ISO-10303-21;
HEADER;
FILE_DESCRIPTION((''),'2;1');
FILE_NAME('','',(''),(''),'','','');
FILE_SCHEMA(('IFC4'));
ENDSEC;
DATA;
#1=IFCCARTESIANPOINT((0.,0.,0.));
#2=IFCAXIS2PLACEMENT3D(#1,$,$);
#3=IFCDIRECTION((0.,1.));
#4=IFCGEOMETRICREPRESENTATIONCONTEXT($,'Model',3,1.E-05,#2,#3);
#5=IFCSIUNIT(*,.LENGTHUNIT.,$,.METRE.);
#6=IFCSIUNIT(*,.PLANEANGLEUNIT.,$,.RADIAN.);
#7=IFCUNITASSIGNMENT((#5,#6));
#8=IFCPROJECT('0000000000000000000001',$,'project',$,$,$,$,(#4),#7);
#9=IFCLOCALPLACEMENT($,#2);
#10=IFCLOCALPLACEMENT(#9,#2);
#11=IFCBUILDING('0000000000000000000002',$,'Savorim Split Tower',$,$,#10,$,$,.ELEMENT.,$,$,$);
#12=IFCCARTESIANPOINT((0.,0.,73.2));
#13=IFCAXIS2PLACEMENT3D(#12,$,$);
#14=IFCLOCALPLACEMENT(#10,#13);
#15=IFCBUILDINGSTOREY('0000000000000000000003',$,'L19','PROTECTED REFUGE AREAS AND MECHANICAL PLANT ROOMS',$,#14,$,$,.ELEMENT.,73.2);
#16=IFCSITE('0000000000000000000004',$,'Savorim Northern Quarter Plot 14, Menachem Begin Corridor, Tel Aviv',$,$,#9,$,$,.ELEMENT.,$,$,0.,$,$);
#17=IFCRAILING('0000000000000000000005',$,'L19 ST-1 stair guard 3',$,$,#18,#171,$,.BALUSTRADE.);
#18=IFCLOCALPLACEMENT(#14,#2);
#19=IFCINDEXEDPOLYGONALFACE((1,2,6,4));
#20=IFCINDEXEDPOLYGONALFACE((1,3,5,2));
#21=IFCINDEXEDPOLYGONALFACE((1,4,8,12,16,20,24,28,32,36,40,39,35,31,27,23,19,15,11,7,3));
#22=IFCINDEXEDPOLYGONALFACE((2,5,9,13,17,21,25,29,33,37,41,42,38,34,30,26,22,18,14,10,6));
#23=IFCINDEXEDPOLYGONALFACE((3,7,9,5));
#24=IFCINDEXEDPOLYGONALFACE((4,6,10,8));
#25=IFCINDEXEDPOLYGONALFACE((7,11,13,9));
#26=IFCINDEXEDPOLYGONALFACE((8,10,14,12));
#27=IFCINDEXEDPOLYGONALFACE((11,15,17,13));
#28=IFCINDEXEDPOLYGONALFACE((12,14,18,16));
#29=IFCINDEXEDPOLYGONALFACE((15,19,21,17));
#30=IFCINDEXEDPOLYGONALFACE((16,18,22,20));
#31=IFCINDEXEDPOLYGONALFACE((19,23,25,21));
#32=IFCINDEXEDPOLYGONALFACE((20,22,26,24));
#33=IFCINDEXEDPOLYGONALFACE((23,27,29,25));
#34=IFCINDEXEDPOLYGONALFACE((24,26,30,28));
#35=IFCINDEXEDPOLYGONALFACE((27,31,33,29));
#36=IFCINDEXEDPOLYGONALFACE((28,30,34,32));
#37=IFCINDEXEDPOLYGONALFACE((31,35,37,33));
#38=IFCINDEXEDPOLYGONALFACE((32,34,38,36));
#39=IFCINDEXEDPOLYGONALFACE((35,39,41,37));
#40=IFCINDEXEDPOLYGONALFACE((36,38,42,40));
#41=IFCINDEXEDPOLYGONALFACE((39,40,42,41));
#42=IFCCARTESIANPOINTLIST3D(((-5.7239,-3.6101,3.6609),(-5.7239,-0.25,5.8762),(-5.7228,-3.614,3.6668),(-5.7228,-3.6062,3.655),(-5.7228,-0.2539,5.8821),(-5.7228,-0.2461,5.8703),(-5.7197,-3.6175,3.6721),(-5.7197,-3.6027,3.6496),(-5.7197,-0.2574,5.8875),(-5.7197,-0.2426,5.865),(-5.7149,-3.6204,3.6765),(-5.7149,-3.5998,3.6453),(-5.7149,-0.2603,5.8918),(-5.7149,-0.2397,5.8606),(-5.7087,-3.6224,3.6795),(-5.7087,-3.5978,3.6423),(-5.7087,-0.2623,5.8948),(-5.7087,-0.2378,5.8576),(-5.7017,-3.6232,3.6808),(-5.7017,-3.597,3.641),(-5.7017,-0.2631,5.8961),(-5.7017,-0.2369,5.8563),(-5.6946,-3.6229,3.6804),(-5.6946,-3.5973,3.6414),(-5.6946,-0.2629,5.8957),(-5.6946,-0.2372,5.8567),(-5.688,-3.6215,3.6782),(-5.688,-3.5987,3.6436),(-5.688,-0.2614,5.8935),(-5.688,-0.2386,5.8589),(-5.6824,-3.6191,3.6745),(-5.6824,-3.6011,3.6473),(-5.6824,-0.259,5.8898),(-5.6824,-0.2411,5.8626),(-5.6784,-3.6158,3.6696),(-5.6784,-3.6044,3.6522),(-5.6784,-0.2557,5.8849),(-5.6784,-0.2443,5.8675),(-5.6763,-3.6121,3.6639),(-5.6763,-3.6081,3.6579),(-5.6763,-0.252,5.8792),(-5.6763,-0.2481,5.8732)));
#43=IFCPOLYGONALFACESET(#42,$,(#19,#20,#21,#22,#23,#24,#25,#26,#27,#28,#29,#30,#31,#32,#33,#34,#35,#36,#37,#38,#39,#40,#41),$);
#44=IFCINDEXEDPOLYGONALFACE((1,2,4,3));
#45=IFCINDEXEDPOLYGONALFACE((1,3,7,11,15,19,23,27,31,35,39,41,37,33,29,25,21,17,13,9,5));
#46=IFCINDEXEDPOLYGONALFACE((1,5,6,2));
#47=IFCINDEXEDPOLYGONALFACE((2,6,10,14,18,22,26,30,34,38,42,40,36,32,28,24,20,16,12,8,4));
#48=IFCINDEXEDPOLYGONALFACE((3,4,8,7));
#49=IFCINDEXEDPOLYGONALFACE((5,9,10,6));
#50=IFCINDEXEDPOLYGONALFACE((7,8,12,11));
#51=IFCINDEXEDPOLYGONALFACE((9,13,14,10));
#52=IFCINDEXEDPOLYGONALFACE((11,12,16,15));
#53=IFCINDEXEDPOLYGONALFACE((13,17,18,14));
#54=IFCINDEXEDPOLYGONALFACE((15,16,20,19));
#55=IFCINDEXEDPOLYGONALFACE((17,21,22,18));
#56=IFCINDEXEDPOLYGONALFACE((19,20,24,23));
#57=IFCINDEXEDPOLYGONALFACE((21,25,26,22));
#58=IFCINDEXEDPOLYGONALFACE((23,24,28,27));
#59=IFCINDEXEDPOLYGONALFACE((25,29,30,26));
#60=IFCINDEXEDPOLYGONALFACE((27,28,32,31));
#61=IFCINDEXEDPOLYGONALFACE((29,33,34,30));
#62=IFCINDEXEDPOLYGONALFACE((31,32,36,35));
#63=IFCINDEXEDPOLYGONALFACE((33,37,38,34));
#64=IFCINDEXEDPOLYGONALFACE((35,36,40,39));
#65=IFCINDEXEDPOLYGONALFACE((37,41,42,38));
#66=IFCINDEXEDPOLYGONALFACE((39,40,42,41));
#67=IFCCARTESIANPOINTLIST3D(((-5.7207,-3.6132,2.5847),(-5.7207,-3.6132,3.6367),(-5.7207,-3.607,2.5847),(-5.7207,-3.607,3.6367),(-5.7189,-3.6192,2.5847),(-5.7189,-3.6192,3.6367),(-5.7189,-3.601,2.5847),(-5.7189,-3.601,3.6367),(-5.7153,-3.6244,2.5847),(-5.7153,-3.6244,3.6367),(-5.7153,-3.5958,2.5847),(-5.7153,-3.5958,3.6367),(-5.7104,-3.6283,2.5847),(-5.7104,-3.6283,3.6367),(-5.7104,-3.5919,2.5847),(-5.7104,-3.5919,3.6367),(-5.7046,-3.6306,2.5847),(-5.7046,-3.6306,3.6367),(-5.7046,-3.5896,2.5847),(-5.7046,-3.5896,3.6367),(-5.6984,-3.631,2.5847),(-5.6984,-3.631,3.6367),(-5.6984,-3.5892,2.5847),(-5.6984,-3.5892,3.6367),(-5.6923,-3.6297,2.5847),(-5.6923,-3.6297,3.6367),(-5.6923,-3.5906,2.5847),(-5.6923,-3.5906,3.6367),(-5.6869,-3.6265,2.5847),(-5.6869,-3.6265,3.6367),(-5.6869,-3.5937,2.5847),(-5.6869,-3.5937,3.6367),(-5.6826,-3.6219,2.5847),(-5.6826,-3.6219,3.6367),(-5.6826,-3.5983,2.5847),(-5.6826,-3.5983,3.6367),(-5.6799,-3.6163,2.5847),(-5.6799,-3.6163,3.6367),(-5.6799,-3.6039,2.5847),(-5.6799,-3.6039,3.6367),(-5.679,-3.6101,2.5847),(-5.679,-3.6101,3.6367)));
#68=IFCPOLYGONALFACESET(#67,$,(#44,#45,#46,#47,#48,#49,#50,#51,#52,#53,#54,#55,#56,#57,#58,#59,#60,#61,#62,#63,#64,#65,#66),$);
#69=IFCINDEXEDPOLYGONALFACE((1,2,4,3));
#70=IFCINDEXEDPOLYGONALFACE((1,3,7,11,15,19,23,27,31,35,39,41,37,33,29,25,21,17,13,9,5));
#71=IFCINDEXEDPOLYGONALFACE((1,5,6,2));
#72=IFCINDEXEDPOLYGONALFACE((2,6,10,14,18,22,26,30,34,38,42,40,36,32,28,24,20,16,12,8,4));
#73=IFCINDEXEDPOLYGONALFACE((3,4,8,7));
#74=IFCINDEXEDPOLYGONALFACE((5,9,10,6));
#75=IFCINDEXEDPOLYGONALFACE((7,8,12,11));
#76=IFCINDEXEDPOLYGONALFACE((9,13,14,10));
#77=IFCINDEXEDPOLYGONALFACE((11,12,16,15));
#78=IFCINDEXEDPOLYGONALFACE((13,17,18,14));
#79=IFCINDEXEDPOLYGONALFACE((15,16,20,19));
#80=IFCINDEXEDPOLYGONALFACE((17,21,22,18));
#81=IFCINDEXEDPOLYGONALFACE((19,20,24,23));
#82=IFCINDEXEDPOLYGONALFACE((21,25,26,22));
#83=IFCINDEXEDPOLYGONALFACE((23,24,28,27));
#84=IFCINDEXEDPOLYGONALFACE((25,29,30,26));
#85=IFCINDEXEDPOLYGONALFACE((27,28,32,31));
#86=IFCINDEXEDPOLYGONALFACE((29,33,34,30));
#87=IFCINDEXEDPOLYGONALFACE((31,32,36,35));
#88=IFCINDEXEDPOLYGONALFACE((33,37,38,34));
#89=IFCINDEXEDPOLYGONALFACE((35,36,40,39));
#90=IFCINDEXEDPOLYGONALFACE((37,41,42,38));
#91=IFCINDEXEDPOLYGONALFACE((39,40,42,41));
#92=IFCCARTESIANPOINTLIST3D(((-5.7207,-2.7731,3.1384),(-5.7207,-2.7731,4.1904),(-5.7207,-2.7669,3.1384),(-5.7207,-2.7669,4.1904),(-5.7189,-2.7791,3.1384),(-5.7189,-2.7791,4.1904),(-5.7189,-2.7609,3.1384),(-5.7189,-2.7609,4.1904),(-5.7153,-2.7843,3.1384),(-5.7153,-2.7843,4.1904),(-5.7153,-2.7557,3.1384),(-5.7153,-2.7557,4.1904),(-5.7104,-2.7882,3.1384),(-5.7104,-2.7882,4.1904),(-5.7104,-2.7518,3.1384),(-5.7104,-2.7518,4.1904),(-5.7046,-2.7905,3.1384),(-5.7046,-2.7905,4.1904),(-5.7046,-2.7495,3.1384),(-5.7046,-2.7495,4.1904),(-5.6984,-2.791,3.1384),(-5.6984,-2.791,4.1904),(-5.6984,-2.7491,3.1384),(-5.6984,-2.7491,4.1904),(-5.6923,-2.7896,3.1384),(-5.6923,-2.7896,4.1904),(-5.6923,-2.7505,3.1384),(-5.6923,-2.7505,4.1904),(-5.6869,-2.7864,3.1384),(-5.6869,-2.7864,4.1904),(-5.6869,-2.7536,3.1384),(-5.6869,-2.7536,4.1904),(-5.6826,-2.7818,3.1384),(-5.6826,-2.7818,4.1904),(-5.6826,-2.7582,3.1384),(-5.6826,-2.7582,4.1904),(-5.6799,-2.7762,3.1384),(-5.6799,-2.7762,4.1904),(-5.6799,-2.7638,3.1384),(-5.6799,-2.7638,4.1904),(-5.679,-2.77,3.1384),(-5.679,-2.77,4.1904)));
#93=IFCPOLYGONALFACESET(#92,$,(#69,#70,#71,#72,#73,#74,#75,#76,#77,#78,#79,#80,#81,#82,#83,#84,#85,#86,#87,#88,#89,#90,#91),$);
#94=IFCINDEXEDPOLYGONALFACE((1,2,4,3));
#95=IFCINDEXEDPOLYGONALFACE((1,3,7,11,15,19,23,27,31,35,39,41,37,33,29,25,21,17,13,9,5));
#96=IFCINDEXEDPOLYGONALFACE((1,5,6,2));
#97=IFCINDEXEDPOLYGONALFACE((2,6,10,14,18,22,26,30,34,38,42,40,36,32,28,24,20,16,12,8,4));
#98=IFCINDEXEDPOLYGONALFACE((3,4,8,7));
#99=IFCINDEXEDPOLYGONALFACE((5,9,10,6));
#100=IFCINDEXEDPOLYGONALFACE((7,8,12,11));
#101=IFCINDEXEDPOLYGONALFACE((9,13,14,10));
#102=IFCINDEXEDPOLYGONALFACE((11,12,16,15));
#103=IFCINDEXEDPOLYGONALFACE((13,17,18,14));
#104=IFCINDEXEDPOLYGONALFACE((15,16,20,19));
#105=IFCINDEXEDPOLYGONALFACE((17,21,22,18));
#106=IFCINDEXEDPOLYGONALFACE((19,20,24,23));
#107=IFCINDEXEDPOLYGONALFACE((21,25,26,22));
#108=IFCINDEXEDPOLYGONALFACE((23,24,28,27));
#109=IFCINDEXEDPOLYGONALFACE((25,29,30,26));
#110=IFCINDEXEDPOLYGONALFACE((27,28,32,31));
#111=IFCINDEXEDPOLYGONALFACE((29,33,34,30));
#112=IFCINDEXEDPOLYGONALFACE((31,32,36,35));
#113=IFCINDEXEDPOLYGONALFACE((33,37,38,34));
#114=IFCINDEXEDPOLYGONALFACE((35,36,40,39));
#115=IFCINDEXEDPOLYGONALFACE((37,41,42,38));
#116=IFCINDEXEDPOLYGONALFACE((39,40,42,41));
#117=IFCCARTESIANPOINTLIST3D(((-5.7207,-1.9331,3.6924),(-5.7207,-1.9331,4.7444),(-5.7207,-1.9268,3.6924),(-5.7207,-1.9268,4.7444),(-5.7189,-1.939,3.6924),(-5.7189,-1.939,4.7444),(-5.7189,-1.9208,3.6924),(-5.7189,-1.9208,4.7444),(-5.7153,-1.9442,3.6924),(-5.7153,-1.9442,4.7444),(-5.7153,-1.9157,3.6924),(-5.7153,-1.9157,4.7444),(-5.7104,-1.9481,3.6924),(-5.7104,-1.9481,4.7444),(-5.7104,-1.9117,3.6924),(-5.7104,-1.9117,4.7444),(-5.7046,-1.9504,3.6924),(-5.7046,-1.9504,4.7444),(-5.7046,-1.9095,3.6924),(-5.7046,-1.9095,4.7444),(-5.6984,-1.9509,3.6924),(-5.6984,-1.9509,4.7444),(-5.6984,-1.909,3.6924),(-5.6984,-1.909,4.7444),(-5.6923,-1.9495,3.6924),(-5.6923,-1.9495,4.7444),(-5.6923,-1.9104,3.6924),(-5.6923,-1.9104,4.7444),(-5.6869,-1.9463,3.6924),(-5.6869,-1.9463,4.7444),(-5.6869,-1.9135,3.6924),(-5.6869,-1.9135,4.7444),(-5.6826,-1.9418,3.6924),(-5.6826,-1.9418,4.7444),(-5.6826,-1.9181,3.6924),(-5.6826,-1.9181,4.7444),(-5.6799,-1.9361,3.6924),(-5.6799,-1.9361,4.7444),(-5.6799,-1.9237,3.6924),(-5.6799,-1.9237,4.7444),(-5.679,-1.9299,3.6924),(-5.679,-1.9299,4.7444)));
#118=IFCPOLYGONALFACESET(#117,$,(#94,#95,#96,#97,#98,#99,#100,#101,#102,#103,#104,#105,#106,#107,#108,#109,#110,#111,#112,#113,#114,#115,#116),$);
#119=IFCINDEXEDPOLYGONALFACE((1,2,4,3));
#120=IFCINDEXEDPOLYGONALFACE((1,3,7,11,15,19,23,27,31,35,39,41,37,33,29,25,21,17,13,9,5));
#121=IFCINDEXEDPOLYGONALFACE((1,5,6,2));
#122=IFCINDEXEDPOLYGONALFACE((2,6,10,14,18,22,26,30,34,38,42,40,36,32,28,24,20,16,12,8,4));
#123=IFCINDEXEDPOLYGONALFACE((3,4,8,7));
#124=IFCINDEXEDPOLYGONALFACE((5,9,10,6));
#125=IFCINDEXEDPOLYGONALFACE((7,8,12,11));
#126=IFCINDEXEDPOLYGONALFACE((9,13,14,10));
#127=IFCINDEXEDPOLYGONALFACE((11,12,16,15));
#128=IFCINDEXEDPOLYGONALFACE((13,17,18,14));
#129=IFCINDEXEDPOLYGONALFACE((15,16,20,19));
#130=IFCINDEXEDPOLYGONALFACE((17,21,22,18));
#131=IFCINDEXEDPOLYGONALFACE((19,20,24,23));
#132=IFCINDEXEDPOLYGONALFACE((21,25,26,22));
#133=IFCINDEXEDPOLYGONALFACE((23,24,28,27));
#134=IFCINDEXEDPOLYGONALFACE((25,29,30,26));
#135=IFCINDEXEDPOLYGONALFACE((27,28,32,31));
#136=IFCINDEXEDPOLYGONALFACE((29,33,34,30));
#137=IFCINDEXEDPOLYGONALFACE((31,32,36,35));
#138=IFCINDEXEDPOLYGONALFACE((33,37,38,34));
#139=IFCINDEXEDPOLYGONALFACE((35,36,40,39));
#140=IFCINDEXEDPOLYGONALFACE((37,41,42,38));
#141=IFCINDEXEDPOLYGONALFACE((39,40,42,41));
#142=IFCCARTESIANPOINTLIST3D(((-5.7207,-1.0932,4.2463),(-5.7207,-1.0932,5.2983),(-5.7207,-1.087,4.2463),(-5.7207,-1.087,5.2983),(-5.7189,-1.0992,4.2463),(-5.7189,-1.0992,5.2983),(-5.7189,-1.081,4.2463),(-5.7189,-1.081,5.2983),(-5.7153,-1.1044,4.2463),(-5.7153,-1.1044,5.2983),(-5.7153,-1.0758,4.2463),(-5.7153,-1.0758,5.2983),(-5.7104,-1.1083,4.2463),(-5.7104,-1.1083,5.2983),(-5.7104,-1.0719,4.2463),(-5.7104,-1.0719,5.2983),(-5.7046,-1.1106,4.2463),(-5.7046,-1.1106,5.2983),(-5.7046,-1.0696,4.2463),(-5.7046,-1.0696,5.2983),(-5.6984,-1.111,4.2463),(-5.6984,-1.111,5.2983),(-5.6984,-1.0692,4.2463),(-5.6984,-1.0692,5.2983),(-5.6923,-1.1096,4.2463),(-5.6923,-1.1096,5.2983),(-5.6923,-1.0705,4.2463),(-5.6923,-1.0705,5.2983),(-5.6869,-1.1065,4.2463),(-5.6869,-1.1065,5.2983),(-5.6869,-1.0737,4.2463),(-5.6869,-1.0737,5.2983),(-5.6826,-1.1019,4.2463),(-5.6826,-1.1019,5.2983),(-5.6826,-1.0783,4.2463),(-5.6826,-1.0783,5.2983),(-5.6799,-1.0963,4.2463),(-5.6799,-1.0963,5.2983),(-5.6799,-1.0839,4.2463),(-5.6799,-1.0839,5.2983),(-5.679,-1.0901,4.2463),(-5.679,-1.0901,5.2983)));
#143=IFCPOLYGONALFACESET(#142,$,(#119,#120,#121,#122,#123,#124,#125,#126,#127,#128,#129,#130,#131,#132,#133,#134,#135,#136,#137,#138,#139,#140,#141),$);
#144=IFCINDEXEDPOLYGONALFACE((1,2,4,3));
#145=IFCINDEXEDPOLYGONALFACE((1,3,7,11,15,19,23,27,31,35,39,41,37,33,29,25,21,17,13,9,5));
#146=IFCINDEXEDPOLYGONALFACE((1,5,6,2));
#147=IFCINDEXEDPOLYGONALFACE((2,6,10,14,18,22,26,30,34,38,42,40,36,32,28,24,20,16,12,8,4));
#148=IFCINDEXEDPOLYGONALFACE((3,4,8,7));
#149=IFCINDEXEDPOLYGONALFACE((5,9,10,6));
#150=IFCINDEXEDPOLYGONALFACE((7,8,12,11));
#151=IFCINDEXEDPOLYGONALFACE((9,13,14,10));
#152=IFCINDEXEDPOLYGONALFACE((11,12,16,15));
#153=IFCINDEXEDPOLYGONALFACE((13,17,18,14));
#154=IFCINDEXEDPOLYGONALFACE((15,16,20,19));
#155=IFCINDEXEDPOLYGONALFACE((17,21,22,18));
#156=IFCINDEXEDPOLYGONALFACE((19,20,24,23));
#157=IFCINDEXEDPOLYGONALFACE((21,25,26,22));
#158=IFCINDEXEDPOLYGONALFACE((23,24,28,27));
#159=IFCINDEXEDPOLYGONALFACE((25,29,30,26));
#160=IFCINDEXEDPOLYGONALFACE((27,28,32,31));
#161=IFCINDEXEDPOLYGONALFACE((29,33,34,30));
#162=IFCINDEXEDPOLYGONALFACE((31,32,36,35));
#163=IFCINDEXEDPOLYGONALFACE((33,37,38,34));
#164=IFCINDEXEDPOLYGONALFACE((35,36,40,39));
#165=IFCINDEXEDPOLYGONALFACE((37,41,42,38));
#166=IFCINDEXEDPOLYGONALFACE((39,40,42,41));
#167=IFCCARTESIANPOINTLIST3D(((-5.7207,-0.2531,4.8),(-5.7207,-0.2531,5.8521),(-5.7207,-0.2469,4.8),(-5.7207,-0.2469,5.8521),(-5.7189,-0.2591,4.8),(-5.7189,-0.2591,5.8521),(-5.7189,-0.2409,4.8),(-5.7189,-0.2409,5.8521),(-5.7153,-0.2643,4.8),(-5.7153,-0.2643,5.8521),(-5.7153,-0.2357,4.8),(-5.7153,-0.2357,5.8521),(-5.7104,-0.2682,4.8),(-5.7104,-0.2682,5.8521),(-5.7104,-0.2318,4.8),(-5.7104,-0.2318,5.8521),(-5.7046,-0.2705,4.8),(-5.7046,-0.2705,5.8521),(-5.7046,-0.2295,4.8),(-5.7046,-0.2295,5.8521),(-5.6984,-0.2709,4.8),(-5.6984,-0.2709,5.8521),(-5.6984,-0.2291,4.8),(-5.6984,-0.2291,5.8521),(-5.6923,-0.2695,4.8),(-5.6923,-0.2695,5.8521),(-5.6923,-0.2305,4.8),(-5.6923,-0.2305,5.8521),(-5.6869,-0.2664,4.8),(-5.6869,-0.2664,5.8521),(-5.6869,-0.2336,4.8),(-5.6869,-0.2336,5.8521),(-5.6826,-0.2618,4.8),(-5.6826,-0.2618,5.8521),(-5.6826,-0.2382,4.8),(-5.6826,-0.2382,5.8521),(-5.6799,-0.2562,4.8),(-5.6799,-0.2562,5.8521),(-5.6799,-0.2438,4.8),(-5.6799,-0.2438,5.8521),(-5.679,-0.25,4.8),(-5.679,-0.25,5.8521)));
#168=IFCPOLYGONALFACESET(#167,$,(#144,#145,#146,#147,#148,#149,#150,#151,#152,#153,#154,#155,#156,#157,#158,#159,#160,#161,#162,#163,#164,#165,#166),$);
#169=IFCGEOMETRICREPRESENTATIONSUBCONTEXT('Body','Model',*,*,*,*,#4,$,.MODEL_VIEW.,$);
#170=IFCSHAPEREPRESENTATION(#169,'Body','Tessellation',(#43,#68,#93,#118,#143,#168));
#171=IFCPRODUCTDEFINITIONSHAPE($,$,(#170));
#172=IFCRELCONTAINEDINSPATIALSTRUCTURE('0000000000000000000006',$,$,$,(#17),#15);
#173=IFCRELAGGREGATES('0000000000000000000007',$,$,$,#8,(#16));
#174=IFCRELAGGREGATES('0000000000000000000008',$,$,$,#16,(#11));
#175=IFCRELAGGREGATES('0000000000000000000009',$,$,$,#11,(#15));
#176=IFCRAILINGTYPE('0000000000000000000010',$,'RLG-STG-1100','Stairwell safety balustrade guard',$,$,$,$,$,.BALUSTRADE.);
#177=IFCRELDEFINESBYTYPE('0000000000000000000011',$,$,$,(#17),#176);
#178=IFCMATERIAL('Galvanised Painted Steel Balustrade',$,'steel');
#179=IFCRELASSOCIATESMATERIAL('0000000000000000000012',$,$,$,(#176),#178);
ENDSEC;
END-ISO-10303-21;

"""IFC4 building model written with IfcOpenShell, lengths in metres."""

from ifc_helpers import new_model, si_unit, direction, frame, origin, origin_2d, place, context, subcontext, project, spatial, circle, extrude, material, type_object, element, save


model = new_model("IFC4")

# Units and contexts
model_context = context("Model", 3, precision=1e-05, world=origin(), true_north=direction((0.0, 1.0)))
body_context = subcontext(model_context, "Body", "Model", "MODEL_VIEW")
ifc_project = project(units=[si_unit("LENGTHUNIT", "METRE"), si_unit("PLANEANGLEUNIT", "RADIAN")], contexts=[model_context])

# Site, building, storey
site_placement = place(None, origin())
site = spatial("IfcSite", under=ifc_project, at=site_placement, Name="Savorim Northern Quarter Plot 14, Menachem Begin Corridor, Tel Aviv", CompositionType="ELEMENT", RefElevation=0.0)
building_placement = place(site_placement, origin())
building = spatial("IfcBuilding", under=site, at=building_placement, Name="Savorim Split Tower", CompositionType="ELEMENT")
storey_placement = place(building_placement, frame((0.0, 0.0, 73.2)))
storey = spatial("IfcBuildingStorey", under=building, at=storey_placement, Name="L19", Description="PROTECTED REFUGE AREAS AND MECHANICAL PLANT ROOMS", CompositionType="ELEMENT", Elevation=73.2)

# Railing
ifc_material_1 = material(Name="Galvanised Painted Steel Balustrade", Category="steel")
railing_type_1 = type_object("IfcRailingType", Name="RLG-STG-1100", Description="Stairwell safety balustrade guard", PredefinedType="BALUSTRADE", material=ifc_material_1)
railing_1_placement = place(storey_placement, frame((-5.7, -3.6101, 2.5847)))
element("IfcRailing", 1, at=railing_1_placement, inside=storey, type_object=railing_type_1, Name="L19 ST-1 stair guard 3", PredefinedType="BALUSTRADE", context=body_context, shape_type="SweptSolid", body=[
    extrude(circle(Radius=0.0239, at=origin_2d()), frame((0.0, 0.0, 1.0762), z_axis=(0.0, 0.834876, 0.550437), x_axis=(-1.0, 0.0, 0.0)), (0.0, 0.0, 1.0), 4.0247),
    extrude(circle(Radius=0.021, at=origin_2d()), origin(), (0.0, 0.0, 1.0), 1.052),
    extrude(circle(Radius=0.021, at=origin_2d()), frame((0.0, 0.8401, 0.5537)), (0.0, 0.0, 1.0), 1.052),
    extrude(circle(Radius=0.021, at=origin_2d()), frame((0.0, 1.6802, 1.1077)), (0.0, 0.0, 1.0), 1.052),
    extrude(circle(Radius=0.021, at=origin_2d()), frame((0.0, 2.52, 1.6616)), (0.0, 0.0, 1.0), 1.052),
    extrude(circle(Radius=0.021, at=origin_2d()), frame((0.0, 3.3601, 2.2153)), (0.0, 0.0, 1.0), 1.052),
])

save(model, "model.ifc")
